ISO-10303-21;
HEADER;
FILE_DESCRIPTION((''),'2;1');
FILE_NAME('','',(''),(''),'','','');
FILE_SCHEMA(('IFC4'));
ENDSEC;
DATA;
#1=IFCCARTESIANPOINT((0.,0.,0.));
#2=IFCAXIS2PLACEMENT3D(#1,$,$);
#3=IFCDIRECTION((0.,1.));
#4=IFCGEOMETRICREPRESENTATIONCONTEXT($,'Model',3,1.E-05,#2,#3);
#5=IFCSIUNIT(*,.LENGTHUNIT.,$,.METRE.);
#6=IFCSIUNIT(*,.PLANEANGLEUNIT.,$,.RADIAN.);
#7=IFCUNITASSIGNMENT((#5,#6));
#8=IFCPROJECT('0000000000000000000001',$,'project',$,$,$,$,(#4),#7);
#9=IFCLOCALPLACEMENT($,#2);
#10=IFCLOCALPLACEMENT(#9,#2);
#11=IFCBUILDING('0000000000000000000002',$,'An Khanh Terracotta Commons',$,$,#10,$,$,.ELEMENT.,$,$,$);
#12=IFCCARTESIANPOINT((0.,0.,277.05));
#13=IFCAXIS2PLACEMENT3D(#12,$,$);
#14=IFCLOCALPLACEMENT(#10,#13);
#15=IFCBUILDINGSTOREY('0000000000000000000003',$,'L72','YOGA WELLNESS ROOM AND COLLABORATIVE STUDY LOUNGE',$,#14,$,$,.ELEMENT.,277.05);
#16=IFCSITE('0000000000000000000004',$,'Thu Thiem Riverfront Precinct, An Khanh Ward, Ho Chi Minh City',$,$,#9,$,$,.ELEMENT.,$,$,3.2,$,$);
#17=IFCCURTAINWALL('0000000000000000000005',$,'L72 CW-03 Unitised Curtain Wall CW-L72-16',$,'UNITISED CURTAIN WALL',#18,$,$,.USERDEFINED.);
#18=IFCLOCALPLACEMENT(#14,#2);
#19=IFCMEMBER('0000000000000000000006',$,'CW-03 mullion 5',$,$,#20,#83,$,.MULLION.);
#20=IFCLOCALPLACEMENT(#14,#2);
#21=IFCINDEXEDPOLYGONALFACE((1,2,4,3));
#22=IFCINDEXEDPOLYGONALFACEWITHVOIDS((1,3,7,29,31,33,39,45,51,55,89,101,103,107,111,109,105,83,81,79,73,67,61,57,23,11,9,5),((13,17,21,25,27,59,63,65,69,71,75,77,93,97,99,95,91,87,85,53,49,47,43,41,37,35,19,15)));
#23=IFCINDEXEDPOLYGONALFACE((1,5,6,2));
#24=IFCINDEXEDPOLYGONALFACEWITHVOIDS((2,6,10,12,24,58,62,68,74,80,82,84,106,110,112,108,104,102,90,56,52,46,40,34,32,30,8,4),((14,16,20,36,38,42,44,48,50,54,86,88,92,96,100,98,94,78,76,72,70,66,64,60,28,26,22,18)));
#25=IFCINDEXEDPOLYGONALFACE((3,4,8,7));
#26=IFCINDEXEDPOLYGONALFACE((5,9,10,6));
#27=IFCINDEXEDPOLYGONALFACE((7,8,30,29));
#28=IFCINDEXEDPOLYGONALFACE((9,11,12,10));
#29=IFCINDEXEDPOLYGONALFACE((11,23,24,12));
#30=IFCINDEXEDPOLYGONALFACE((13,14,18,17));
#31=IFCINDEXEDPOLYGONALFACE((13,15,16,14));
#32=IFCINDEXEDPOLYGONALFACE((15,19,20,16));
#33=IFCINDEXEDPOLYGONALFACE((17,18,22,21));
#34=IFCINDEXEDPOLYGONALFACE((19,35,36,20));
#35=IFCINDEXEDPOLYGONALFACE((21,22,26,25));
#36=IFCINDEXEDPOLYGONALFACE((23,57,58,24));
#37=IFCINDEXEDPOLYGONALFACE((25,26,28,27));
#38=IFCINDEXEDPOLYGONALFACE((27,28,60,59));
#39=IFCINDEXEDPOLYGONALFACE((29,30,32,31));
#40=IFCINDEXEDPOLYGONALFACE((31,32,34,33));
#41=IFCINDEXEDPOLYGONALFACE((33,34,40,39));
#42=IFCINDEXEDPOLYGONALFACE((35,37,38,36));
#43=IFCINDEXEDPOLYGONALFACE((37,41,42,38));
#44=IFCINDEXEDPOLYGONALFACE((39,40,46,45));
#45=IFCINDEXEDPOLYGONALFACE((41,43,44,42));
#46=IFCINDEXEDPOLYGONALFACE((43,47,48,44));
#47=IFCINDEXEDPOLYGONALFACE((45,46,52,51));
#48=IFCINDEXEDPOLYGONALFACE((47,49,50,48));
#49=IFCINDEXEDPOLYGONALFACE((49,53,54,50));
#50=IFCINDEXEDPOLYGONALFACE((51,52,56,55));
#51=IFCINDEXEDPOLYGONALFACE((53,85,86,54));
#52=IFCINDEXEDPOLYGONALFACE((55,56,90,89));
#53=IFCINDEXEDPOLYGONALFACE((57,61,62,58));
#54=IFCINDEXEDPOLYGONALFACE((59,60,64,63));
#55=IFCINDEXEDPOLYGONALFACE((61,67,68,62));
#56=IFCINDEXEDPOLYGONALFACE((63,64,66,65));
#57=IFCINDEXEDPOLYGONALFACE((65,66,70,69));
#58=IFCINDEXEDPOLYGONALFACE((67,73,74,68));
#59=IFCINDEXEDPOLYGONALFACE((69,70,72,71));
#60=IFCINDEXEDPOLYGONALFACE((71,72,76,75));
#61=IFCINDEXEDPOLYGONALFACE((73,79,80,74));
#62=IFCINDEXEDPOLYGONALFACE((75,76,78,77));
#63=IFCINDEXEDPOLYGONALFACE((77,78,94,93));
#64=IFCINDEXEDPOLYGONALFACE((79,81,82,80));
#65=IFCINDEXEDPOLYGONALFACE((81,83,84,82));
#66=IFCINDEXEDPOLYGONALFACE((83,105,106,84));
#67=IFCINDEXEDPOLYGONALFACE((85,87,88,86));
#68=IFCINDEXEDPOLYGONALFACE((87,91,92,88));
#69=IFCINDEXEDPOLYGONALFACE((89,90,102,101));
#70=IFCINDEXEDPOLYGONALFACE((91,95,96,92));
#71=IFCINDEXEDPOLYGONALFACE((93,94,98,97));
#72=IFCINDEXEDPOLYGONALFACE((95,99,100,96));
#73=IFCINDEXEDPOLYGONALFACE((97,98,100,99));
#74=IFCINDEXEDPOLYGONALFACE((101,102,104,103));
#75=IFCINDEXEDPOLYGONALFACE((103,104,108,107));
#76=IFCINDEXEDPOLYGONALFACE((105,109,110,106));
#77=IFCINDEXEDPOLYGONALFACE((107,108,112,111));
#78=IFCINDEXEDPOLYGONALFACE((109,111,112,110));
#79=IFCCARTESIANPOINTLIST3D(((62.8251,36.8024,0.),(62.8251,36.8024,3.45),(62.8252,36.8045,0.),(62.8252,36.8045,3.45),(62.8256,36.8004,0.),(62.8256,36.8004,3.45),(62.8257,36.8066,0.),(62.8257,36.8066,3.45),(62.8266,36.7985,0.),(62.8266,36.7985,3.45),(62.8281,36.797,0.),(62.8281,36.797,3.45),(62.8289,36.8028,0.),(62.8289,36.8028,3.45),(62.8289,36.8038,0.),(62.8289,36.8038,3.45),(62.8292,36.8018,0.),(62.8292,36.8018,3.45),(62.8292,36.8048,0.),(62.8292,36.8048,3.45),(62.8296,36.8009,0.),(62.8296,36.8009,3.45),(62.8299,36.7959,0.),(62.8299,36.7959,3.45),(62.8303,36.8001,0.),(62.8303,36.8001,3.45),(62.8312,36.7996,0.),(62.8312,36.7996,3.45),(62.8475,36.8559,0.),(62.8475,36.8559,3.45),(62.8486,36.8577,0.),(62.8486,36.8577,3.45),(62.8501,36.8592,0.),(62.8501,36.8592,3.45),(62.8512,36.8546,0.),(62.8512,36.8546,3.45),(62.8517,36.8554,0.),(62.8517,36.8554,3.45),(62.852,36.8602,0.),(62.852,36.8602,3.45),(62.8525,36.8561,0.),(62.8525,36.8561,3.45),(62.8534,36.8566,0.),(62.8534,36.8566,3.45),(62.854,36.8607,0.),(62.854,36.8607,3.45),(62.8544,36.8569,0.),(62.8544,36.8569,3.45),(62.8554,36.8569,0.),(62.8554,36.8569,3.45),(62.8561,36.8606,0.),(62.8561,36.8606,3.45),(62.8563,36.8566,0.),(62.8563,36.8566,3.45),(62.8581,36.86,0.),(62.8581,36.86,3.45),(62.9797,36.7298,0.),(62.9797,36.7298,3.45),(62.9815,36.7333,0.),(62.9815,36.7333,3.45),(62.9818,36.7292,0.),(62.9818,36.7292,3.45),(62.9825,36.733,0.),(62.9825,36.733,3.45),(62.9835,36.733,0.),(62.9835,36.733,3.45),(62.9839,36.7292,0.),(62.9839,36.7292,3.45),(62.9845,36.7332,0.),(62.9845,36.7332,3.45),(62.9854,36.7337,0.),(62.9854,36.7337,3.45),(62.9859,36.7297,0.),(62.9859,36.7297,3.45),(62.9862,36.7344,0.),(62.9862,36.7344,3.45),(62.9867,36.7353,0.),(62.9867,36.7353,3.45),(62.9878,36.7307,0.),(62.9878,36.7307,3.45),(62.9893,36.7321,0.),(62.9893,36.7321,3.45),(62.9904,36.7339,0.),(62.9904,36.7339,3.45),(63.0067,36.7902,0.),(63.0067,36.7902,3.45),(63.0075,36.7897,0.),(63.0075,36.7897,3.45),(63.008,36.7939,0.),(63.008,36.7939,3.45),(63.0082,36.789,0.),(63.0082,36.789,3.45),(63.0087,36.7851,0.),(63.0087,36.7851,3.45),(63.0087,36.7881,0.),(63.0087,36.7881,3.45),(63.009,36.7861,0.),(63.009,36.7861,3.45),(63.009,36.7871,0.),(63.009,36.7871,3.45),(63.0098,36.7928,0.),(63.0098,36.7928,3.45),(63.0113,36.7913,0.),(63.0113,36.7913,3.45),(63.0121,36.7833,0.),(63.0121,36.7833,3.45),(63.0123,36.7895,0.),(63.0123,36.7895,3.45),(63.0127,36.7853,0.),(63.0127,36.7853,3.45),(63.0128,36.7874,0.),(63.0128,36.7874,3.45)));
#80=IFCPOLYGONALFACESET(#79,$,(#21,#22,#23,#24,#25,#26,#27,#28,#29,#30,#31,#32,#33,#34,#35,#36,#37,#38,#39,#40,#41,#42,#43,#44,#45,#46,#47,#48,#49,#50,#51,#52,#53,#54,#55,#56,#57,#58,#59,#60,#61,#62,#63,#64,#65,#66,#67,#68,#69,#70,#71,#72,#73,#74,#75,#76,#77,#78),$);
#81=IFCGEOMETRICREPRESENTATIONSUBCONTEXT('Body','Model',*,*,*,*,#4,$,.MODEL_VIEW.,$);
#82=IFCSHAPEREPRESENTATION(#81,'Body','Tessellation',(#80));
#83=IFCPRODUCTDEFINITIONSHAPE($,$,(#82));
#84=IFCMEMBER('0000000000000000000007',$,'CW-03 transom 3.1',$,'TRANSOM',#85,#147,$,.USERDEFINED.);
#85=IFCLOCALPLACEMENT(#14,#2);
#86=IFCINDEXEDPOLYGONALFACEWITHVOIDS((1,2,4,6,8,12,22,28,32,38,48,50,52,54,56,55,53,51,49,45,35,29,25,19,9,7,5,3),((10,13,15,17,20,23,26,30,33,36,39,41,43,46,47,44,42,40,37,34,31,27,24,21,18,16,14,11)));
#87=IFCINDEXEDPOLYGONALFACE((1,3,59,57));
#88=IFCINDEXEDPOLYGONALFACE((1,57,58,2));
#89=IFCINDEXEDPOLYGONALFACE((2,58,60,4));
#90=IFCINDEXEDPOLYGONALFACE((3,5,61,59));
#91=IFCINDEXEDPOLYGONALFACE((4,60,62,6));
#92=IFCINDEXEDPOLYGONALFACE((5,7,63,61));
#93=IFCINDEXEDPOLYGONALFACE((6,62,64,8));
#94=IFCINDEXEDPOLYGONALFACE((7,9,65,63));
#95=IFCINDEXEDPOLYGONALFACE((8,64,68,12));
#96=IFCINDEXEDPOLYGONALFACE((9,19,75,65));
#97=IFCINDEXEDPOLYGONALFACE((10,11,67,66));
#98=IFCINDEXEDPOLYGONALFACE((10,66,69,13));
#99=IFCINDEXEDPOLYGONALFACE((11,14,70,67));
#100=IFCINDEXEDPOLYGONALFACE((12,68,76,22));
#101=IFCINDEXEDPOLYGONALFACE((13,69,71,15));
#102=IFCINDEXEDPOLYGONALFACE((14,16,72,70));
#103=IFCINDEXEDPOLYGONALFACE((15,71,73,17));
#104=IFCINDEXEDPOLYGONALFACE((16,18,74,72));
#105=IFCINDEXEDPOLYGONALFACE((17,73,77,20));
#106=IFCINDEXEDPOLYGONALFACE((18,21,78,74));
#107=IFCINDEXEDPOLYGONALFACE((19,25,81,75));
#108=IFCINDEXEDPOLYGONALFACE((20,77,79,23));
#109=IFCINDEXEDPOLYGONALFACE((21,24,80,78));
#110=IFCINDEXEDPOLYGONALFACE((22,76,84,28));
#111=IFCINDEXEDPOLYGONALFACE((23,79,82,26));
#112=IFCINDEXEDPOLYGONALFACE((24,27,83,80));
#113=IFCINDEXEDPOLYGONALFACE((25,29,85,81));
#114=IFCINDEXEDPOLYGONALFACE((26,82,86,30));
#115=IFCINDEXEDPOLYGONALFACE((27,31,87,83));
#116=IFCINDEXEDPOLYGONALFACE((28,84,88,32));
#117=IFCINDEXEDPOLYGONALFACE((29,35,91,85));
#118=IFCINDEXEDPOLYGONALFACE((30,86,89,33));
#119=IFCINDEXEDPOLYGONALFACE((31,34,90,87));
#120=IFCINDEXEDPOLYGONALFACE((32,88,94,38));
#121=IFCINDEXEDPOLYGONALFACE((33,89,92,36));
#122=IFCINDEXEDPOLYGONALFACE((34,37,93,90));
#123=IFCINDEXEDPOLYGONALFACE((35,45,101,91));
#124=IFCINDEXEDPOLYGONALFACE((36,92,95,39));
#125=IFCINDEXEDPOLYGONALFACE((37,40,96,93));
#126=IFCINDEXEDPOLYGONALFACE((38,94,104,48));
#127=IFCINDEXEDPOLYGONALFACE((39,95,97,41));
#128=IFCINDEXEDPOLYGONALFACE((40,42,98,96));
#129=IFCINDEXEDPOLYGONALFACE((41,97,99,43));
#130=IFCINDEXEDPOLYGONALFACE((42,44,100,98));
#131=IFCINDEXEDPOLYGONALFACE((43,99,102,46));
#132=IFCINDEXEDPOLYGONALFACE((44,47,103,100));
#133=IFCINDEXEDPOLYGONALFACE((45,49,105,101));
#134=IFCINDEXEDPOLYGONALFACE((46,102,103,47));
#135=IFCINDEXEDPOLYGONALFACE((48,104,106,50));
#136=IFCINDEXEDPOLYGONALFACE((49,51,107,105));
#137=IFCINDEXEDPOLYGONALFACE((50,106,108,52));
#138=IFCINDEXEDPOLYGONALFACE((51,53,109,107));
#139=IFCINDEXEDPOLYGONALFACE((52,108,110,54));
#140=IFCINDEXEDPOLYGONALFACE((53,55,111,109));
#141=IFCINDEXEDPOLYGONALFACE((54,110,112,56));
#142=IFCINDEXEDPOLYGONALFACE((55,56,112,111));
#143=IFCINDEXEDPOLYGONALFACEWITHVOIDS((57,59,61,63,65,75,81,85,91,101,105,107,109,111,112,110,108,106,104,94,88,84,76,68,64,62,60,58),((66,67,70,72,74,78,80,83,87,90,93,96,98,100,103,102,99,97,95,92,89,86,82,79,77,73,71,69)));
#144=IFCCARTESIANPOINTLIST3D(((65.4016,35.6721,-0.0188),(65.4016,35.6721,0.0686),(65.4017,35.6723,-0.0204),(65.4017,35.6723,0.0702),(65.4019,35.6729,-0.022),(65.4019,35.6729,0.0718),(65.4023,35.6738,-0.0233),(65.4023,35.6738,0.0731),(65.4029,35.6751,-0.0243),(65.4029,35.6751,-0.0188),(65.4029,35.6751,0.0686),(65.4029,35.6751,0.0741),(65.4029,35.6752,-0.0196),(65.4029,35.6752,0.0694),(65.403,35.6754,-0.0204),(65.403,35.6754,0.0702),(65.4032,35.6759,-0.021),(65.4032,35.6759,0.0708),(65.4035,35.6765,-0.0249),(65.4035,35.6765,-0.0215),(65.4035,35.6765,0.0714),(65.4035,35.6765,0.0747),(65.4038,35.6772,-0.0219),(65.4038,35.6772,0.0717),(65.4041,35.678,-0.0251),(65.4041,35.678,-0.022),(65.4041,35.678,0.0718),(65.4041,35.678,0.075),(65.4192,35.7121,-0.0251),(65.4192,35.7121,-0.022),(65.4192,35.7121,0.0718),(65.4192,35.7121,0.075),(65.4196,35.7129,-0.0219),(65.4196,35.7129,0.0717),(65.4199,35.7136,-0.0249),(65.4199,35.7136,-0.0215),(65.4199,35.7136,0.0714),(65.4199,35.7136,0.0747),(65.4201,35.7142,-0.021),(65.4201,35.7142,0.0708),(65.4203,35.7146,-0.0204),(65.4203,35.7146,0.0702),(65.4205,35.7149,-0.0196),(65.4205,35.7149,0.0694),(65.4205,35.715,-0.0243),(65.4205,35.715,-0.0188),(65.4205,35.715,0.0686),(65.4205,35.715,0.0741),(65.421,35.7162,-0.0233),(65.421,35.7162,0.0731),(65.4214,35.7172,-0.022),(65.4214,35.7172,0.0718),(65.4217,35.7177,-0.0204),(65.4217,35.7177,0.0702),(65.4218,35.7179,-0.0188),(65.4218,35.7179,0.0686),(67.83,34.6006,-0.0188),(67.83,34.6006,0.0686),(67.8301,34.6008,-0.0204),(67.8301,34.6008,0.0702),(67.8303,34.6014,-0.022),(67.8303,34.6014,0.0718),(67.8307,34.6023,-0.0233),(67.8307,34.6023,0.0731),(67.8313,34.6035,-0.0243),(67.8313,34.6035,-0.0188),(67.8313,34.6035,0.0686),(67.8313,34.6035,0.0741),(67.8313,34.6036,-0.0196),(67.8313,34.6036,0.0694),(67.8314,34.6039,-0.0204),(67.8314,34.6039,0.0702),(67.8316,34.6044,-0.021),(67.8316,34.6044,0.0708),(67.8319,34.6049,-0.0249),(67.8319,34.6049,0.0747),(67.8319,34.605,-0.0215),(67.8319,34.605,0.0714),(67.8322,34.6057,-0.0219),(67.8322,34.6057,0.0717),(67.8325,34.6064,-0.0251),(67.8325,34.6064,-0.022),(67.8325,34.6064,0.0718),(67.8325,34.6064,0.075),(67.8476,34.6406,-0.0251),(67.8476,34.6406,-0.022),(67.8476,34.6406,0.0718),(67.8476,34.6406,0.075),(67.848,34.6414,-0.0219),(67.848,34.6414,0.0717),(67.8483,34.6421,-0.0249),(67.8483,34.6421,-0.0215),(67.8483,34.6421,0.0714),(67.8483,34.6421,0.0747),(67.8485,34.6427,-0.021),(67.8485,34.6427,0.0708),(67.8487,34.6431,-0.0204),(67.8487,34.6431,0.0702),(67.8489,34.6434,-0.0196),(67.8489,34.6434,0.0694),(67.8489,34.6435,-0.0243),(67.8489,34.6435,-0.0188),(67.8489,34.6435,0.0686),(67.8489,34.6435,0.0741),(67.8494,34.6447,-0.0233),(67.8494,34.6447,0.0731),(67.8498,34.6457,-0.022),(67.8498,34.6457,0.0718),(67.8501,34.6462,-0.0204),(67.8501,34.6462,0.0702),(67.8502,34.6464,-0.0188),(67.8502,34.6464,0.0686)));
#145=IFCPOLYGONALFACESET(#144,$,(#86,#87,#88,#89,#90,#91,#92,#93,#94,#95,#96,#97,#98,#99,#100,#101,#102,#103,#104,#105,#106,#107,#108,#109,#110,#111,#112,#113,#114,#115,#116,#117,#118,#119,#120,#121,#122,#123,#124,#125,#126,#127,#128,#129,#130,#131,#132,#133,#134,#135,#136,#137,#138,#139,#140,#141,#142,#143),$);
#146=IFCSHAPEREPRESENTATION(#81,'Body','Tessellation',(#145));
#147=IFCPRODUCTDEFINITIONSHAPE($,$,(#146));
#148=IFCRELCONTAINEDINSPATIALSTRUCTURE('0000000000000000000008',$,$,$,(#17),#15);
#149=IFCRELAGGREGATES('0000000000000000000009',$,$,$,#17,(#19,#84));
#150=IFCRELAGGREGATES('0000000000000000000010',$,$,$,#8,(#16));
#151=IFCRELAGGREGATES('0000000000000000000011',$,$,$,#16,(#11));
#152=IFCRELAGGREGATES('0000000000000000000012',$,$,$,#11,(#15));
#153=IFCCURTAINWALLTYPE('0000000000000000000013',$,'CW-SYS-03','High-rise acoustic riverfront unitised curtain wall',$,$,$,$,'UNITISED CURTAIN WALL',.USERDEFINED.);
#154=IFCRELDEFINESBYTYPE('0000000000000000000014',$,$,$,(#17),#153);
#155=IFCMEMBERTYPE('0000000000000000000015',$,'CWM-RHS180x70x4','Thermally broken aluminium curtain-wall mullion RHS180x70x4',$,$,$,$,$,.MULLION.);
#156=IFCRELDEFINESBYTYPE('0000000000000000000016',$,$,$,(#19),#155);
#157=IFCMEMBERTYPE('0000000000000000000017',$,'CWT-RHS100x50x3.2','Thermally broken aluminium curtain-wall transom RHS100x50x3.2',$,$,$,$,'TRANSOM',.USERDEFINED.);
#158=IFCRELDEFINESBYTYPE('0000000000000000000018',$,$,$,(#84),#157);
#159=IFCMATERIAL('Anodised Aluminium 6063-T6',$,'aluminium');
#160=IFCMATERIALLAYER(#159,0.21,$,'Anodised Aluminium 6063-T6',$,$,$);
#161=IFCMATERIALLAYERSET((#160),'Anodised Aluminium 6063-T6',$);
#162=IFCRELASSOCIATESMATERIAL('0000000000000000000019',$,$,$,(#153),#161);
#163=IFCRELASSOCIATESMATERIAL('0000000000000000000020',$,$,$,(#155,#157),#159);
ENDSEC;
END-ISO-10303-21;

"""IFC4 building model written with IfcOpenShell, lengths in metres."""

from ifc_helpers import new_model, si_unit, direction, frame, origin, origin_2d, place, context, subcontext, project, spatial, hollow_rectangle, extrude, material, layer, layer_set, material_profile, profile_set, type_object, element, aggregate, save


model = new_model("IFC4")

# Units and contexts
model_context = context("Model", 3, precision=1e-05, world=origin(), true_north=direction((0.0, 1.0)))
body_context = subcontext(model_context, "Body", "Model", "MODEL_VIEW")
ifc_project = project(units=[si_unit("LENGTHUNIT", "METRE"), si_unit("PLANEANGLEUNIT", "RADIAN")], contexts=[model_context])

# Site, building, storey
site_placement = place(None, origin())
site = spatial("IfcSite", under=ifc_project, at=site_placement, Name="Thu Thiem Riverfront Precinct, An Khanh Ward, Ho Chi Minh City", CompositionType="ELEMENT", RefElevation=3.2)
building_placement = place(site_placement, origin())
building = spatial("IfcBuilding", under=site, at=building_placement, Name="An Khanh Terracotta Commons", CompositionType="ELEMENT")
storey_placement = place(building_placement, frame((0.0, 0.0, 277.05)))
storey = spatial("IfcBuildingStorey", under=building, at=storey_placement, Name="L72", Description="YOGA WELLNESS ROOM AND COLLABORATIVE STUDY LOUNGE", CompositionType="ELEMENT", Elevation=277.05)

# Curtain wall, members
ifc_material_1 = material(Name="Anodised Aluminium 6063-T6", Category="aluminium")
ifc_layer_1 = layer(ifc_material_1, 0.21, Name="Anodised Aluminium 6063-T6")
ifc_layer_set_1 = layer_set([ifc_layer_1], Name="Anodised Aluminium 6063-T6")
curtain_wall_type = type_object("IfcCurtainWallType", Name="CW-SYS-03", Description="High-rise acoustic riverfront unitised curtain wall", ElementType="UNITISED CURTAIN WALL", PredefinedType="USERDEFINED", material=ifc_layer_set_1)
curtain_wall_placement = place(storey_placement, origin())
curtain_wall = element("IfcCurtainWall", 1, at=curtain_wall_placement, inside=storey, type_object=curtain_wall_type, Name="L72 CW-03 Unitised Curtain Wall CW-L72-16", ObjectType="UNITISED CURTAIN WALL", PredefinedType="USERDEFINED")
ifc_material_profile_1 = material_profile(ifc_material_1, hollow_rectangle(XDim=0.0701, YDim=0.1799, WallThickness=0.0039, InnerFilletRadius=0.0039, OuterFilletRadius=0.0081, at=origin_2d()), Name="RHS180x70x4")
ifc_profile_set_1 = profile_set([ifc_material_profile_1], Name="Anodised Aluminium 6063-T6")
member_type_1 = type_object("IfcMemberType", Name="CWM-RHS180x70x4", Description="Thermally broken aluminium curtain-wall mullion RHS180x70x4", PredefinedType="MULLION", material=ifc_profile_set_1)
member_1_placement = place(storey_placement, frame((62.9189, 36.7949, 0.0), z_axis=(0.0, 0.0, 1.0), x_axis=(-0.403676, -0.914902, 0.0)))
member_1 = element("IfcMember", 2, at=member_1_placement, type_object=member_type_1, Name="CW-03 mullion 5", PredefinedType="MULLION", context=body_context, shape_type="SweptSolid", body=[
    extrude(hollow_rectangle(XDim=0.0701, YDim=0.1799, WallThickness=0.0039, InnerFilletRadius=0.0039, OuterFilletRadius=0.0081, at=origin_2d()), origin(), (0.0, 0.0, 1.0), 3.45),
])
ifc_material_profile_2 = material_profile(ifc_material_1, hollow_rectangle(XDim=0.05, YDim=0.1001, WallThickness=0.0032, InnerFilletRadius=0.0032, OuterFilletRadius=0.0063, at=origin_2d()), Name="RHS100x50x3.2")
ifc_profile_set_2 = profile_set([ifc_material_profile_2], Name="Anodised Aluminium 6063-T6")
member_type_2 = type_object("IfcMemberType", Name="CWT-RHS100x50x3.2", Description="Thermally broken aluminium curtain-wall transom RHS100x50x3.2", ElementType="TRANSOM", PredefinedType="USERDEFINED", material=ifc_profile_set_2)
member_2_placement = place(storey_placement, frame((67.8401, 34.6235, 0.0249), z_axis=(-0.914897, 0.403688, 0.0), x_axis=(-0.403688, -0.914897, 0.0)))
member_2 = element("IfcMember", 3, at=member_2_placement, type_object=member_type_2, Name="CW-03 transom 3.1", ObjectType="TRANSOM", PredefinedType="USERDEFINED", context=body_context, shape_type="SweptSolid", body=[
    extrude(hollow_rectangle(XDim=0.05, YDim=0.1001, WallThickness=0.0032, InnerFilletRadius=0.0032, OuterFilletRadius=0.0063, at=origin_2d()), origin(), (0.0, 0.0, 1.0), 2.6543),
])
aggregate(curtain_wall, [member_1, member_2])

save(model, "model.ifc")
